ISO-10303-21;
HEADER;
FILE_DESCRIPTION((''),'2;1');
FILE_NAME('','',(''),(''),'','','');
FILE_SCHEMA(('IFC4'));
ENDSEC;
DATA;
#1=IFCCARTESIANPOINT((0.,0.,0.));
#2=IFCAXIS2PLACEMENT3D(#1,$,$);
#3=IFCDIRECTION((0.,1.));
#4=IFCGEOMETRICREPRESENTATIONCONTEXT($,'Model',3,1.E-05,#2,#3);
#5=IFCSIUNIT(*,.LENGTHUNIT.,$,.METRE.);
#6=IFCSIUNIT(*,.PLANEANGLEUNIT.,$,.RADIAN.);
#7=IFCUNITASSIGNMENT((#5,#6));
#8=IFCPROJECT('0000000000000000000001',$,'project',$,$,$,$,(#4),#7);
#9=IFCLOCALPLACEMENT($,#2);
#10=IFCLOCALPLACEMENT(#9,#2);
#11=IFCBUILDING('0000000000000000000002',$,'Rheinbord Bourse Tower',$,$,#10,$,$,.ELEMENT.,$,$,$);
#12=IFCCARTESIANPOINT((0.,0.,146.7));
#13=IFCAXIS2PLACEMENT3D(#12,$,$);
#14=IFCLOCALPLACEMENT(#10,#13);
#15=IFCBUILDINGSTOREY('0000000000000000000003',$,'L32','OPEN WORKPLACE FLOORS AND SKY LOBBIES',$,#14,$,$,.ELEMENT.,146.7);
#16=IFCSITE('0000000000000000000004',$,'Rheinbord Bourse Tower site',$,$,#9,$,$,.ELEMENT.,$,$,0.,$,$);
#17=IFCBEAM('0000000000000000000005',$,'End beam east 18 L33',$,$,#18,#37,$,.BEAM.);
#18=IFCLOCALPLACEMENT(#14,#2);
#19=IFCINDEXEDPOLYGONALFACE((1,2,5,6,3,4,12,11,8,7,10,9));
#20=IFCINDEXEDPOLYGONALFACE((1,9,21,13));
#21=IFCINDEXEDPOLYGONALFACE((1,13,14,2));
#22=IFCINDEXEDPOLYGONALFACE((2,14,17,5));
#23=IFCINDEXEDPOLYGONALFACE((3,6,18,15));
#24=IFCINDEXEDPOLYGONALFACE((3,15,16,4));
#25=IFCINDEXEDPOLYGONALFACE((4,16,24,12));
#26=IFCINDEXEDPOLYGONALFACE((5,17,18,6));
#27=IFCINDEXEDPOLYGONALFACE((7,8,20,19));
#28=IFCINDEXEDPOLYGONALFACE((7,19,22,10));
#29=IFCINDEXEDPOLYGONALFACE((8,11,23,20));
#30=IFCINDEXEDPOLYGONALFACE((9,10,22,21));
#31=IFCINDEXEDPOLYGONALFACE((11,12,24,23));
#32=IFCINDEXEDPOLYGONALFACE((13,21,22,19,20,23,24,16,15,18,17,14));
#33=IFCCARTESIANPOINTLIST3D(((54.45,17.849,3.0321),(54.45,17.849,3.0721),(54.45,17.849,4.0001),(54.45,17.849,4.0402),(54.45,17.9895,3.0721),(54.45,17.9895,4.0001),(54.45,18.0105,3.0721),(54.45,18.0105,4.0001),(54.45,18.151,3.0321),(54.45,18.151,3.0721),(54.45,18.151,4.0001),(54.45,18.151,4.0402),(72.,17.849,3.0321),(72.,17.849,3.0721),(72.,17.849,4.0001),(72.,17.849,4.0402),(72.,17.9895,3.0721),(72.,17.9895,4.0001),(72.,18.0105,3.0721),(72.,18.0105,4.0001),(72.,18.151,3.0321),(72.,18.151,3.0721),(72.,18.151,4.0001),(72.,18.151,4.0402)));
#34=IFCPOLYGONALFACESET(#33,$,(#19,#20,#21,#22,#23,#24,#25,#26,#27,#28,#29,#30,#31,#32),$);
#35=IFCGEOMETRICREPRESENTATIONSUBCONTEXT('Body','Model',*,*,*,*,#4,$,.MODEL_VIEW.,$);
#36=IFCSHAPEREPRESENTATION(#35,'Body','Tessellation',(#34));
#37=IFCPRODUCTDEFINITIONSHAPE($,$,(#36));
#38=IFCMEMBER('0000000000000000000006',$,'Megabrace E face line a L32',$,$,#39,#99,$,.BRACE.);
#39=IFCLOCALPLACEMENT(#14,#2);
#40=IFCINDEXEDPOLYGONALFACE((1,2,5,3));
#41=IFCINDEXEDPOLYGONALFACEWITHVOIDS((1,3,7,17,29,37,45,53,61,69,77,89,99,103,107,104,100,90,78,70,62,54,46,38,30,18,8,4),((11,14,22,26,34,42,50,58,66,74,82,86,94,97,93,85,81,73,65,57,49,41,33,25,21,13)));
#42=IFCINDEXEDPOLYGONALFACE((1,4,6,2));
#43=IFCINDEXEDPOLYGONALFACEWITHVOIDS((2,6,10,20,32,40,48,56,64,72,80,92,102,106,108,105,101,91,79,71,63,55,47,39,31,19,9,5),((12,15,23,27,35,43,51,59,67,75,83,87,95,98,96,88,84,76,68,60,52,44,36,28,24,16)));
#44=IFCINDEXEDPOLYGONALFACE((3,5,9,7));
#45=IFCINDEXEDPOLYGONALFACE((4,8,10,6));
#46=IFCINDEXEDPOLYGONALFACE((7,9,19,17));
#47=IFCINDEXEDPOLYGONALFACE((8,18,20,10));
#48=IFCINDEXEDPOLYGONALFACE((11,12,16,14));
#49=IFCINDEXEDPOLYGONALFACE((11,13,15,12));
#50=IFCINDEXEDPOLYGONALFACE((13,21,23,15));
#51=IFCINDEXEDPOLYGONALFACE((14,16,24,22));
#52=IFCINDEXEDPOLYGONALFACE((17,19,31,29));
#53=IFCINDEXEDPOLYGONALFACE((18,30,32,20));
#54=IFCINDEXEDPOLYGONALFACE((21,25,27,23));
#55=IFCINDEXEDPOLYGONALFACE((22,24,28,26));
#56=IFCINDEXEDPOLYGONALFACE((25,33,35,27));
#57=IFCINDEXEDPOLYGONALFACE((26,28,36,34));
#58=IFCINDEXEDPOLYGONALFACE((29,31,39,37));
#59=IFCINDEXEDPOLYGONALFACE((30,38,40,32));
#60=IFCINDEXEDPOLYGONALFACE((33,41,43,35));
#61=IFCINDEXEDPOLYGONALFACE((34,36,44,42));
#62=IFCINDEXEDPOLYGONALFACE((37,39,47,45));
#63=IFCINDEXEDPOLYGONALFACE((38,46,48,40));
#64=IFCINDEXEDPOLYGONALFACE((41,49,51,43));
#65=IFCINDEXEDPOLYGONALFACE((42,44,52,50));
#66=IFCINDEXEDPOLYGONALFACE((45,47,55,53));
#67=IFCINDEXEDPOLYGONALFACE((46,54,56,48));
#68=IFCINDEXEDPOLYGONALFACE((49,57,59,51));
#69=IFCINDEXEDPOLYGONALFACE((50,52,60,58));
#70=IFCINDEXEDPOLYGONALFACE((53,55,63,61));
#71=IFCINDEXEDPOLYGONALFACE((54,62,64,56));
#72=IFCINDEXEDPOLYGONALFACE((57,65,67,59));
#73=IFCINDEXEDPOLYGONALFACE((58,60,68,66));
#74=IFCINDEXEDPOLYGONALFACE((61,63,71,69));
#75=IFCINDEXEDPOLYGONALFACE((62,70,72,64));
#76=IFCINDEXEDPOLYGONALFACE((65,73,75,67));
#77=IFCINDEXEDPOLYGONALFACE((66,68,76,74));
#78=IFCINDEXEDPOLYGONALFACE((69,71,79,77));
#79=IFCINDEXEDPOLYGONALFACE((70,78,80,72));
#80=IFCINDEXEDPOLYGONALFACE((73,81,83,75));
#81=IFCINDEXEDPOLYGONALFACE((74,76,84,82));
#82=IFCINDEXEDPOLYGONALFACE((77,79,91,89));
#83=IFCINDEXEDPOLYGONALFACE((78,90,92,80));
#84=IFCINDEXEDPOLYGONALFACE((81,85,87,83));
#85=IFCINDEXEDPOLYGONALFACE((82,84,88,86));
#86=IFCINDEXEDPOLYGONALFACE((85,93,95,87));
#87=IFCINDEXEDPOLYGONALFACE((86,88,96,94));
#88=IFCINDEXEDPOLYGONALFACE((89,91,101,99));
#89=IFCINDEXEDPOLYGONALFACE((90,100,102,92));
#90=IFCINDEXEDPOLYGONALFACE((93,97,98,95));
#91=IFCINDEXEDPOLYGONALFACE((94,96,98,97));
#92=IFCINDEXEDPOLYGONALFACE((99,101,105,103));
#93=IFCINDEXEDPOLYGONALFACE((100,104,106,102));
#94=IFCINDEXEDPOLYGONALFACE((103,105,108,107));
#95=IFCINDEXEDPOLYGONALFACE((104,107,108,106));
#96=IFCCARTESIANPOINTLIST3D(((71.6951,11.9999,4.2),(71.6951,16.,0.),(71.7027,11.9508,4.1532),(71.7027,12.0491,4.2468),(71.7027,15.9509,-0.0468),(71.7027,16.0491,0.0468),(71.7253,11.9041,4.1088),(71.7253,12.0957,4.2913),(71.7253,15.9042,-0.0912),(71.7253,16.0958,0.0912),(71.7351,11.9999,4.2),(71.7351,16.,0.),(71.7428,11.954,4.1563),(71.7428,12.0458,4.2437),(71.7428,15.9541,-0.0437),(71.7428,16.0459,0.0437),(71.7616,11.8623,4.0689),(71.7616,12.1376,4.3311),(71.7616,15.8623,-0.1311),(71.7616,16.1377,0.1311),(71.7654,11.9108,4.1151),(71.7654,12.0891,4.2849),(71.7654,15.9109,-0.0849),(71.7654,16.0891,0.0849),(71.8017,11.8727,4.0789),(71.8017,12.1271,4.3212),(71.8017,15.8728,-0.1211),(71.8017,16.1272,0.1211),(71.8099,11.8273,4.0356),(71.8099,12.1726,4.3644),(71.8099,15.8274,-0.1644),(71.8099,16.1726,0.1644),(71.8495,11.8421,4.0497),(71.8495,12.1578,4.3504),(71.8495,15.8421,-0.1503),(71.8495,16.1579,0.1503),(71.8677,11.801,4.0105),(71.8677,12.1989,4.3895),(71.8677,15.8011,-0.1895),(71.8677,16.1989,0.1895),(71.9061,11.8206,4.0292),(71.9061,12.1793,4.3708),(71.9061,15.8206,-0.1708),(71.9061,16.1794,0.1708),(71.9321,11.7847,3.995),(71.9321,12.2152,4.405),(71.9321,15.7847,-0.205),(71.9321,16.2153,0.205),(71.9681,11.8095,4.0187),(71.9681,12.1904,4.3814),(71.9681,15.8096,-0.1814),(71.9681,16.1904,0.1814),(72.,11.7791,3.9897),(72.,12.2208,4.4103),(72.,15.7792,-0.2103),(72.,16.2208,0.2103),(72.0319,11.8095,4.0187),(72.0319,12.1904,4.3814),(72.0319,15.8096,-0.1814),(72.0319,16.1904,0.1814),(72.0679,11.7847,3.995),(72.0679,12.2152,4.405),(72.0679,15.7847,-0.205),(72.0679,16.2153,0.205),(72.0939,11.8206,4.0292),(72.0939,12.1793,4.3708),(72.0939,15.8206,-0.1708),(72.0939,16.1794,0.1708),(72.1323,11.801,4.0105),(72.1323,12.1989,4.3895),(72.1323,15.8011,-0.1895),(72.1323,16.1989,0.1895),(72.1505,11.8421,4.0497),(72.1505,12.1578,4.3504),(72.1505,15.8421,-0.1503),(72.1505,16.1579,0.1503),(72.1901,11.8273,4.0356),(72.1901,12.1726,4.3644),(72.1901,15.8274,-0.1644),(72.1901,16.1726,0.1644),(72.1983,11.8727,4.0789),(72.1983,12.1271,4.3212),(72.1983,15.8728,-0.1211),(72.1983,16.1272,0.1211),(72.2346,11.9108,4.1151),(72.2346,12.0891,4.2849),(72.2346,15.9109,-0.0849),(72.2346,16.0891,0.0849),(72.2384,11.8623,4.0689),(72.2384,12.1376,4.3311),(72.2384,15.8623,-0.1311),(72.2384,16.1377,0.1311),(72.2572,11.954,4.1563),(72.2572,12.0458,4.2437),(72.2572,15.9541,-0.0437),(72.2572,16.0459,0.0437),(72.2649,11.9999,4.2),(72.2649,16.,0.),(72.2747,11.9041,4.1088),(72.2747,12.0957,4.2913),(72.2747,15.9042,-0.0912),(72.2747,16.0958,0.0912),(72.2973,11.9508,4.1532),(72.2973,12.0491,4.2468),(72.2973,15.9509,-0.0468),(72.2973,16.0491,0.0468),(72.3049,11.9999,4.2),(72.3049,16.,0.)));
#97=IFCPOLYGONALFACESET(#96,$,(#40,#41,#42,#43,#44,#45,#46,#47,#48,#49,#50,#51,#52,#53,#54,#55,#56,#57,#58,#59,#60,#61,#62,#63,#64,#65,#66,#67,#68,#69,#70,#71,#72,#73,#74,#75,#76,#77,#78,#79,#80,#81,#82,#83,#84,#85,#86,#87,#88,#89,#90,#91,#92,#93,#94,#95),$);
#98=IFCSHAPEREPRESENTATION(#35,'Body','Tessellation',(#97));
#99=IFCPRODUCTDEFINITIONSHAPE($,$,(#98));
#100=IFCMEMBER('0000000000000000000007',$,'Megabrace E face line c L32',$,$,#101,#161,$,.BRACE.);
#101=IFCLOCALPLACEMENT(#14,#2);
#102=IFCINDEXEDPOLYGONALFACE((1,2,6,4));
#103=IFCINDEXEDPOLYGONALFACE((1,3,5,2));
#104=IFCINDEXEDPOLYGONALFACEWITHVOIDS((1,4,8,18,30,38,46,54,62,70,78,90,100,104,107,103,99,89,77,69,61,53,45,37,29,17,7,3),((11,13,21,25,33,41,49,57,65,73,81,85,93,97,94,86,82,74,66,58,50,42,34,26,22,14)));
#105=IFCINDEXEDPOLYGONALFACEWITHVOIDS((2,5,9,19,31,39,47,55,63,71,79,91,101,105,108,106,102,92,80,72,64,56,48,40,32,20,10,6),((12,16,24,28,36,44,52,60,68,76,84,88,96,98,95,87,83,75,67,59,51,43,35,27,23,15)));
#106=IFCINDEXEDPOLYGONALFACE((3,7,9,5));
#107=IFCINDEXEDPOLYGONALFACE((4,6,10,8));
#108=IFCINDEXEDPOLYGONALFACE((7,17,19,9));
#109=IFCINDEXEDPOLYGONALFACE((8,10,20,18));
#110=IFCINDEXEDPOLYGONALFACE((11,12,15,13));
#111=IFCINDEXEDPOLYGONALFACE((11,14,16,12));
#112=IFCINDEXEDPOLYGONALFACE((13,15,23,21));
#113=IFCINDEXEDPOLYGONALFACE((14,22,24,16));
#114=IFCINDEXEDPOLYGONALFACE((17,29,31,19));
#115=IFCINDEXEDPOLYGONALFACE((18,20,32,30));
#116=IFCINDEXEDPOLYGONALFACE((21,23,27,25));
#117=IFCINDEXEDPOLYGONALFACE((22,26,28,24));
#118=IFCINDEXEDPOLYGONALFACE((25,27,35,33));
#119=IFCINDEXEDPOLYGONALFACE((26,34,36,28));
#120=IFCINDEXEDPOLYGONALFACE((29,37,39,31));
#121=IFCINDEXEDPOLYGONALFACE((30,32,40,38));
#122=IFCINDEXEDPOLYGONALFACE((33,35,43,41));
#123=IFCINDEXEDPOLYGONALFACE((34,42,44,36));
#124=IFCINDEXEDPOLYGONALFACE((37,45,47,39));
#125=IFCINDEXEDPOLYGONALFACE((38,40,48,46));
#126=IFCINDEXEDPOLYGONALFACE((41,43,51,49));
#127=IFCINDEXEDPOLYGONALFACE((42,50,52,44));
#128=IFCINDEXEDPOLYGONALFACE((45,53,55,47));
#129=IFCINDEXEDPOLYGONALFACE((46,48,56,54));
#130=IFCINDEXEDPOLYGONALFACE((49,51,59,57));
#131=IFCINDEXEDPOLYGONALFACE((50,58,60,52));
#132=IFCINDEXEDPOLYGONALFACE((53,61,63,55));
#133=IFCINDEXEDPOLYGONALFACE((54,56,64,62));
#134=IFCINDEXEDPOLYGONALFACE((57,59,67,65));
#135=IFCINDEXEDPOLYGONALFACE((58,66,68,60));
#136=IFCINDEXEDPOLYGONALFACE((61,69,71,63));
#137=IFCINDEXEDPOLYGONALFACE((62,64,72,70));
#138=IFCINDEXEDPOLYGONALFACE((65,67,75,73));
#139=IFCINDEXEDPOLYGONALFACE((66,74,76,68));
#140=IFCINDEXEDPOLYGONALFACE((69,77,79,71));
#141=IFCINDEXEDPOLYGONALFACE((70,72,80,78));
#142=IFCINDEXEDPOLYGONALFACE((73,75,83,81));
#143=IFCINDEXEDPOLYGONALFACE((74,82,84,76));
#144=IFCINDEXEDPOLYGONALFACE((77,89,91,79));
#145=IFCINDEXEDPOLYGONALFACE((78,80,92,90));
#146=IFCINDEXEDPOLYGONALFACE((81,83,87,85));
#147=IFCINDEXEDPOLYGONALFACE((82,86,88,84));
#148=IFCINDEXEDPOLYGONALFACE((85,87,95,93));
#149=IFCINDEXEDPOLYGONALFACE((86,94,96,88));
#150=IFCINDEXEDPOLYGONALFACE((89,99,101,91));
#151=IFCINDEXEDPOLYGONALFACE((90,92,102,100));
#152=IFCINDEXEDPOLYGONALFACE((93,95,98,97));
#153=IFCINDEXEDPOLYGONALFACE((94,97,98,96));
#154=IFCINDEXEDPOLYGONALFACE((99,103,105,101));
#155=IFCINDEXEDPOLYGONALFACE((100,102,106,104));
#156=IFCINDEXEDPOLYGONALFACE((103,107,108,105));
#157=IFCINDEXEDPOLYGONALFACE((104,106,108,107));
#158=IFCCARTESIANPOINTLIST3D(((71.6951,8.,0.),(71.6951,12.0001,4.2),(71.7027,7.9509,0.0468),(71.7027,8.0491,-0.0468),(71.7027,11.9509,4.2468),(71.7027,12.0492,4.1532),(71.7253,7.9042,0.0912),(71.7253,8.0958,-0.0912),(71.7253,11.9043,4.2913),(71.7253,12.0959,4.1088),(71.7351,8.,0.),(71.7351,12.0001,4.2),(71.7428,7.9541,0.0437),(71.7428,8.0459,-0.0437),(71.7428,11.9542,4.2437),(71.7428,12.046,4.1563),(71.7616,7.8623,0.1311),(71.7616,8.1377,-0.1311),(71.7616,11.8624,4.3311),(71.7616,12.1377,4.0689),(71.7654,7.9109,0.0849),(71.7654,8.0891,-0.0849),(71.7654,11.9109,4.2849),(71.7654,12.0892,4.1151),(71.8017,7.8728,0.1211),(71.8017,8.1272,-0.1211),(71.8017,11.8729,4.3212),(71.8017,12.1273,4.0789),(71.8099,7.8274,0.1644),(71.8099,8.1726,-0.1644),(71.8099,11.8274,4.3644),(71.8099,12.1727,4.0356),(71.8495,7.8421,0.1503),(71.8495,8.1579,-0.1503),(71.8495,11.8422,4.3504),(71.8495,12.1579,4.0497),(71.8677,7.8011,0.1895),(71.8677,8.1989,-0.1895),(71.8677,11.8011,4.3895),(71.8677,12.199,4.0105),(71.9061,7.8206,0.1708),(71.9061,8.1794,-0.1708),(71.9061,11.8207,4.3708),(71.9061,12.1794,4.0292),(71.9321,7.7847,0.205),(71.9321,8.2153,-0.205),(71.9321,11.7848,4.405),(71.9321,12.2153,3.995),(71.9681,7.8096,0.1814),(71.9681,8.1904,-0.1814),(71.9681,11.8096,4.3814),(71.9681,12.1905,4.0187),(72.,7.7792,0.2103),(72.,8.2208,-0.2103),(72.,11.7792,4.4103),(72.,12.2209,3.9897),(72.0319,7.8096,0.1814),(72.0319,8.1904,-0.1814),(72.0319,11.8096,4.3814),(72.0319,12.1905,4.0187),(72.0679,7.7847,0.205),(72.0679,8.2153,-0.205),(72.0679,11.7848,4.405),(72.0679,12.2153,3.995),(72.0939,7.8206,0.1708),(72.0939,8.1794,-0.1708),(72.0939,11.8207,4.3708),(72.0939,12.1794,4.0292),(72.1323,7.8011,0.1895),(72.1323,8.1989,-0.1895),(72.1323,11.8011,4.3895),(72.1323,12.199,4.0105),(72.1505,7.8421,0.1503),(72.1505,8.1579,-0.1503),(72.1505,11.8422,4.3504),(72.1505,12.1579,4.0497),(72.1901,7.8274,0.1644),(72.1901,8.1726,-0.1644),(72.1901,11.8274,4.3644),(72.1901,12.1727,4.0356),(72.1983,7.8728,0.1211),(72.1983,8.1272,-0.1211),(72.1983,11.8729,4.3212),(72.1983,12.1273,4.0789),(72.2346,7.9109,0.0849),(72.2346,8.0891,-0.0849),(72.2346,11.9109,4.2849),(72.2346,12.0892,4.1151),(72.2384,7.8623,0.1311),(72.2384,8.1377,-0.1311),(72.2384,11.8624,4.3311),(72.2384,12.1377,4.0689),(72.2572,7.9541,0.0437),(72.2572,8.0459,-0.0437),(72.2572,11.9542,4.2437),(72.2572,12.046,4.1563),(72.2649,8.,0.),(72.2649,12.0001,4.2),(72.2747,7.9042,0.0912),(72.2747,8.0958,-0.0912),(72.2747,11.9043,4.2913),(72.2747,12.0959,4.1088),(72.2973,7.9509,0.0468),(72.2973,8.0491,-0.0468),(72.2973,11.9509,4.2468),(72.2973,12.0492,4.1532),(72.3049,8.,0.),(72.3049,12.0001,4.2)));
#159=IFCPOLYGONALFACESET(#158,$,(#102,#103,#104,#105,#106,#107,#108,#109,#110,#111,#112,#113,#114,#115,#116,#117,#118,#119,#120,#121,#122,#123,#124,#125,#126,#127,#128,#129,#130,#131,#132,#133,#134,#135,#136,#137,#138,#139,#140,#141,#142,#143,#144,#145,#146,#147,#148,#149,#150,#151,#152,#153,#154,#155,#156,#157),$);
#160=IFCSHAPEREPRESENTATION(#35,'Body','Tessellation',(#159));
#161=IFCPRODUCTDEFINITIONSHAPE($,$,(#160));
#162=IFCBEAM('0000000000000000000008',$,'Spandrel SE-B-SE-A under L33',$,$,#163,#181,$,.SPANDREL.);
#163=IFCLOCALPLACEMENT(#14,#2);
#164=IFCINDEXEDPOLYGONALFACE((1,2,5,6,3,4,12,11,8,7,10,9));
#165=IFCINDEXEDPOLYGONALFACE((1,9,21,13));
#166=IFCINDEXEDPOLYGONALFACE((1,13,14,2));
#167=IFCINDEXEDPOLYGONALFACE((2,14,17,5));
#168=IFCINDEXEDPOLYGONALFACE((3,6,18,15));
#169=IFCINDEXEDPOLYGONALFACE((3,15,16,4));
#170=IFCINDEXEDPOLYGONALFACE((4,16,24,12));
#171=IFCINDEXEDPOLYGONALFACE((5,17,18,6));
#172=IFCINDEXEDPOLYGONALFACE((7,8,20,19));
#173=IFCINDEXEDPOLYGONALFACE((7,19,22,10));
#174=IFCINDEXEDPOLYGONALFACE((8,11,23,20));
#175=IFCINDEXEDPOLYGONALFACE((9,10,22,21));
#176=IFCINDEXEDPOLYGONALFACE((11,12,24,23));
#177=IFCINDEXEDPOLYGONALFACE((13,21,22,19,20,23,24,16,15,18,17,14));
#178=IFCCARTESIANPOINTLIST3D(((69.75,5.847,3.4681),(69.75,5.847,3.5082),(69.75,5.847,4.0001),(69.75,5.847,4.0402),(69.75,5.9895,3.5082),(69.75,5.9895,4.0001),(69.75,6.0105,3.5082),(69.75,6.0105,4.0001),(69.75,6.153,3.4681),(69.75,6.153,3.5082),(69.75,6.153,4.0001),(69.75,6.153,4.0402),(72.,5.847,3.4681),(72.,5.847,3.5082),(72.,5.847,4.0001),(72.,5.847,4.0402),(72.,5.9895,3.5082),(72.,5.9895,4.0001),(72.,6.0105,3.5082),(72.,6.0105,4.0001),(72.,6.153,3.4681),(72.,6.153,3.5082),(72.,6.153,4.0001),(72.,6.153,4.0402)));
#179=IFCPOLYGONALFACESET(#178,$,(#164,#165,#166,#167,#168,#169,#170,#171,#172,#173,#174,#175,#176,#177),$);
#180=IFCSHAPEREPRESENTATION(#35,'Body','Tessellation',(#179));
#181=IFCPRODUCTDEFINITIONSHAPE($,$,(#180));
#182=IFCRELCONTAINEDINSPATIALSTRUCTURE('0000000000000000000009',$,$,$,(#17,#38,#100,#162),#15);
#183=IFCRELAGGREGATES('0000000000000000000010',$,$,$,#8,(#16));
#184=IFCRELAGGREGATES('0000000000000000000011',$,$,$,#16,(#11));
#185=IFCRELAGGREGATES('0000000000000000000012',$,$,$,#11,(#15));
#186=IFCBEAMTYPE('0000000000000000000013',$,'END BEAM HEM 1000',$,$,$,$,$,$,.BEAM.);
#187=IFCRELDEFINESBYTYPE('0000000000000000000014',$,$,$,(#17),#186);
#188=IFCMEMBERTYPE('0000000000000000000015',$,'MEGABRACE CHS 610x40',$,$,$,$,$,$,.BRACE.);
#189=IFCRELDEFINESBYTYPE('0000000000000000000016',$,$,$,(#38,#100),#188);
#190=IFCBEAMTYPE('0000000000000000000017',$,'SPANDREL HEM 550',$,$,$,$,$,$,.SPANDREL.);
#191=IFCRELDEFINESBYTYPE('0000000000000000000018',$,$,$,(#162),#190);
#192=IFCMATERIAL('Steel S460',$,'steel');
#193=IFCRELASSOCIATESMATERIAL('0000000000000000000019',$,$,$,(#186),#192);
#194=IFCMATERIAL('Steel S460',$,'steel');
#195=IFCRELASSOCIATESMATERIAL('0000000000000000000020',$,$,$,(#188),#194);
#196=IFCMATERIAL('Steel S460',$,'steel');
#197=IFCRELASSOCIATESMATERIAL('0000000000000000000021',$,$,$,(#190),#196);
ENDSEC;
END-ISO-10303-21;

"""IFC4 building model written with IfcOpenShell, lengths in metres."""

from ifc_helpers import new_model, si_unit, direction, frame, origin, origin_2d, place, context, subcontext, project, spatial, hollow_circle, i_section, extrude, material, material_profile, profile_set, type_object, element, save


model = new_model("IFC4")

# Units and contexts
model_context = context("Model", 3, precision=1e-05, world=origin(), true_north=direction((0.0, 1.0)))
body_context = subcontext(model_context, "Body", "Model", "MODEL_VIEW")
ifc_project = project(units=[si_unit("LENGTHUNIT", "METRE"), si_unit("PLANEANGLEUNIT", "RADIAN")], contexts=[model_context])

# Site, building, storey
site_placement = place(None, origin())
site = spatial("IfcSite", under=ifc_project, at=site_placement, Name="Rheinbord Bourse Tower site", CompositionType="ELEMENT", RefElevation=0.0)
building_placement = place(site_placement, origin())
building = spatial("IfcBuilding", under=site, at=building_placement, Name="Rheinbord Bourse Tower", CompositionType="ELEMENT")
storey_placement = place(building_placement, frame((0.0, 0.0, 146.7)))
storey = spatial("IfcBuildingStorey", under=building, at=storey_placement, Name="L32", Description="OPEN WORKPLACE FLOORS AND SKY LOBBIES", CompositionType="ELEMENT", Elevation=146.7)

# Beam
ifc_material_1 = material(Name="Steel S460", Category="steel")
ifc_material_profile_1 = material_profile(ifc_material_1, i_section(OverallWidth=0.302, OverallDepth=1.0081, WebThickness=0.021, FlangeThickness=0.04, at=origin_2d()), Name="HEM 1000")
ifc_profile_set_1 = profile_set([ifc_material_profile_1], Name="Steel S460")
beam_type_1 = type_object("IfcBeamType", Name="END BEAM HEM 1000", PredefinedType="BEAM", material=ifc_profile_set_1)
beam_1_placement = place(storey_placement, frame((54.45, 18.0, 3.5361), z_axis=(1.0, 0.0, 0.0), x_axis=(0.0, 1.0, 0.0)))
element("IfcBeam", 1, at=beam_1_placement, inside=storey, type_object=beam_type_1, Name="End beam east 18 L33", PredefinedType="BEAM", context=body_context, shape_type="SweptSolid", body=[
    extrude(i_section(OverallWidth=0.302, OverallDepth=1.0081, WebThickness=0.021, FlangeThickness=0.04, at=origin_2d()), origin(), (0.0, 0.0, 1.0), 17.55),
])

# Members
ifc_material_2 = material(Name="Steel S460", Category="steel")
ifc_material_profile_2 = material_profile(ifc_material_2, hollow_circle(Radius=0.3049, WallThickness=0.04, at=origin_2d()), Name="CHS 610x40")
ifc_profile_set_2 = profile_set([ifc_material_profile_2], Name="Steel S460")
member_type_1 = type_object("IfcMemberType", Name="MEGABRACE CHS 610x40", PredefinedType="BRACE", material=ifc_profile_set_2)
for number, where, z_axis, x_axis, name in (
    (2, (72.0, 16.0, 0.0), (0.0, -0.689659, 0.724134), (1.0, 0.0, 0.0), "Megabrace E face line a L32"),
    (3, (72.0, 8.0, 0.0), (0.0, 0.689659, 0.724134), (-1.0, 0.0, 0.0), "Megabrace E face line c L32"),
):
    element("IfcMember", number, at=place(storey_placement, frame(where, z_axis=z_axis, x_axis=x_axis)), inside=storey, type_object=member_type_1, Name=name, PredefinedType="BRACE", context=body_context, shape_type="SweptSolid", body=[
        extrude(hollow_circle(Radius=0.3049, WallThickness=0.04, at=origin_2d()), origin(), (0.0, 0.0, 1.0), 5.8),
    ])

# Beam
ifc_material_3 = material(Name="Steel S460", Category="steel")
ifc_material_profile_3 = material_profile(ifc_material_3, i_section(OverallWidth=0.3059, OverallDepth=0.572, WebThickness=0.021, FlangeThickness=0.04, at=origin_2d()), Name="HEM 550")
ifc_profile_set_3 = profile_set([ifc_material_profile_3], Name="Steel S460")
beam_type_2 = type_object("IfcBeamType", Name="SPANDREL HEM 550", PredefinedType="SPANDREL", material=ifc_profile_set_3)
beam_2_placement = place(storey_placement, frame((69.75, 6.0, 3.7542), z_axis=(1.0, 0.0, 0.0), x_axis=(0.0, 1.0, 0.0)))
element("IfcBeam", 4, at=beam_2_placement, inside=storey, type_object=beam_type_2, Name="Spandrel SE-B-SE-A under L33", PredefinedType="SPANDREL", context=body_context, shape_type="SweptSolid", body=[
    extrude(i_section(OverallWidth=0.3059, OverallDepth=0.572, WebThickness=0.021, FlangeThickness=0.04, at=origin_2d()), origin(), (0.0, 0.0, 1.0), 2.25),
])

save(model, "model.ifc")
